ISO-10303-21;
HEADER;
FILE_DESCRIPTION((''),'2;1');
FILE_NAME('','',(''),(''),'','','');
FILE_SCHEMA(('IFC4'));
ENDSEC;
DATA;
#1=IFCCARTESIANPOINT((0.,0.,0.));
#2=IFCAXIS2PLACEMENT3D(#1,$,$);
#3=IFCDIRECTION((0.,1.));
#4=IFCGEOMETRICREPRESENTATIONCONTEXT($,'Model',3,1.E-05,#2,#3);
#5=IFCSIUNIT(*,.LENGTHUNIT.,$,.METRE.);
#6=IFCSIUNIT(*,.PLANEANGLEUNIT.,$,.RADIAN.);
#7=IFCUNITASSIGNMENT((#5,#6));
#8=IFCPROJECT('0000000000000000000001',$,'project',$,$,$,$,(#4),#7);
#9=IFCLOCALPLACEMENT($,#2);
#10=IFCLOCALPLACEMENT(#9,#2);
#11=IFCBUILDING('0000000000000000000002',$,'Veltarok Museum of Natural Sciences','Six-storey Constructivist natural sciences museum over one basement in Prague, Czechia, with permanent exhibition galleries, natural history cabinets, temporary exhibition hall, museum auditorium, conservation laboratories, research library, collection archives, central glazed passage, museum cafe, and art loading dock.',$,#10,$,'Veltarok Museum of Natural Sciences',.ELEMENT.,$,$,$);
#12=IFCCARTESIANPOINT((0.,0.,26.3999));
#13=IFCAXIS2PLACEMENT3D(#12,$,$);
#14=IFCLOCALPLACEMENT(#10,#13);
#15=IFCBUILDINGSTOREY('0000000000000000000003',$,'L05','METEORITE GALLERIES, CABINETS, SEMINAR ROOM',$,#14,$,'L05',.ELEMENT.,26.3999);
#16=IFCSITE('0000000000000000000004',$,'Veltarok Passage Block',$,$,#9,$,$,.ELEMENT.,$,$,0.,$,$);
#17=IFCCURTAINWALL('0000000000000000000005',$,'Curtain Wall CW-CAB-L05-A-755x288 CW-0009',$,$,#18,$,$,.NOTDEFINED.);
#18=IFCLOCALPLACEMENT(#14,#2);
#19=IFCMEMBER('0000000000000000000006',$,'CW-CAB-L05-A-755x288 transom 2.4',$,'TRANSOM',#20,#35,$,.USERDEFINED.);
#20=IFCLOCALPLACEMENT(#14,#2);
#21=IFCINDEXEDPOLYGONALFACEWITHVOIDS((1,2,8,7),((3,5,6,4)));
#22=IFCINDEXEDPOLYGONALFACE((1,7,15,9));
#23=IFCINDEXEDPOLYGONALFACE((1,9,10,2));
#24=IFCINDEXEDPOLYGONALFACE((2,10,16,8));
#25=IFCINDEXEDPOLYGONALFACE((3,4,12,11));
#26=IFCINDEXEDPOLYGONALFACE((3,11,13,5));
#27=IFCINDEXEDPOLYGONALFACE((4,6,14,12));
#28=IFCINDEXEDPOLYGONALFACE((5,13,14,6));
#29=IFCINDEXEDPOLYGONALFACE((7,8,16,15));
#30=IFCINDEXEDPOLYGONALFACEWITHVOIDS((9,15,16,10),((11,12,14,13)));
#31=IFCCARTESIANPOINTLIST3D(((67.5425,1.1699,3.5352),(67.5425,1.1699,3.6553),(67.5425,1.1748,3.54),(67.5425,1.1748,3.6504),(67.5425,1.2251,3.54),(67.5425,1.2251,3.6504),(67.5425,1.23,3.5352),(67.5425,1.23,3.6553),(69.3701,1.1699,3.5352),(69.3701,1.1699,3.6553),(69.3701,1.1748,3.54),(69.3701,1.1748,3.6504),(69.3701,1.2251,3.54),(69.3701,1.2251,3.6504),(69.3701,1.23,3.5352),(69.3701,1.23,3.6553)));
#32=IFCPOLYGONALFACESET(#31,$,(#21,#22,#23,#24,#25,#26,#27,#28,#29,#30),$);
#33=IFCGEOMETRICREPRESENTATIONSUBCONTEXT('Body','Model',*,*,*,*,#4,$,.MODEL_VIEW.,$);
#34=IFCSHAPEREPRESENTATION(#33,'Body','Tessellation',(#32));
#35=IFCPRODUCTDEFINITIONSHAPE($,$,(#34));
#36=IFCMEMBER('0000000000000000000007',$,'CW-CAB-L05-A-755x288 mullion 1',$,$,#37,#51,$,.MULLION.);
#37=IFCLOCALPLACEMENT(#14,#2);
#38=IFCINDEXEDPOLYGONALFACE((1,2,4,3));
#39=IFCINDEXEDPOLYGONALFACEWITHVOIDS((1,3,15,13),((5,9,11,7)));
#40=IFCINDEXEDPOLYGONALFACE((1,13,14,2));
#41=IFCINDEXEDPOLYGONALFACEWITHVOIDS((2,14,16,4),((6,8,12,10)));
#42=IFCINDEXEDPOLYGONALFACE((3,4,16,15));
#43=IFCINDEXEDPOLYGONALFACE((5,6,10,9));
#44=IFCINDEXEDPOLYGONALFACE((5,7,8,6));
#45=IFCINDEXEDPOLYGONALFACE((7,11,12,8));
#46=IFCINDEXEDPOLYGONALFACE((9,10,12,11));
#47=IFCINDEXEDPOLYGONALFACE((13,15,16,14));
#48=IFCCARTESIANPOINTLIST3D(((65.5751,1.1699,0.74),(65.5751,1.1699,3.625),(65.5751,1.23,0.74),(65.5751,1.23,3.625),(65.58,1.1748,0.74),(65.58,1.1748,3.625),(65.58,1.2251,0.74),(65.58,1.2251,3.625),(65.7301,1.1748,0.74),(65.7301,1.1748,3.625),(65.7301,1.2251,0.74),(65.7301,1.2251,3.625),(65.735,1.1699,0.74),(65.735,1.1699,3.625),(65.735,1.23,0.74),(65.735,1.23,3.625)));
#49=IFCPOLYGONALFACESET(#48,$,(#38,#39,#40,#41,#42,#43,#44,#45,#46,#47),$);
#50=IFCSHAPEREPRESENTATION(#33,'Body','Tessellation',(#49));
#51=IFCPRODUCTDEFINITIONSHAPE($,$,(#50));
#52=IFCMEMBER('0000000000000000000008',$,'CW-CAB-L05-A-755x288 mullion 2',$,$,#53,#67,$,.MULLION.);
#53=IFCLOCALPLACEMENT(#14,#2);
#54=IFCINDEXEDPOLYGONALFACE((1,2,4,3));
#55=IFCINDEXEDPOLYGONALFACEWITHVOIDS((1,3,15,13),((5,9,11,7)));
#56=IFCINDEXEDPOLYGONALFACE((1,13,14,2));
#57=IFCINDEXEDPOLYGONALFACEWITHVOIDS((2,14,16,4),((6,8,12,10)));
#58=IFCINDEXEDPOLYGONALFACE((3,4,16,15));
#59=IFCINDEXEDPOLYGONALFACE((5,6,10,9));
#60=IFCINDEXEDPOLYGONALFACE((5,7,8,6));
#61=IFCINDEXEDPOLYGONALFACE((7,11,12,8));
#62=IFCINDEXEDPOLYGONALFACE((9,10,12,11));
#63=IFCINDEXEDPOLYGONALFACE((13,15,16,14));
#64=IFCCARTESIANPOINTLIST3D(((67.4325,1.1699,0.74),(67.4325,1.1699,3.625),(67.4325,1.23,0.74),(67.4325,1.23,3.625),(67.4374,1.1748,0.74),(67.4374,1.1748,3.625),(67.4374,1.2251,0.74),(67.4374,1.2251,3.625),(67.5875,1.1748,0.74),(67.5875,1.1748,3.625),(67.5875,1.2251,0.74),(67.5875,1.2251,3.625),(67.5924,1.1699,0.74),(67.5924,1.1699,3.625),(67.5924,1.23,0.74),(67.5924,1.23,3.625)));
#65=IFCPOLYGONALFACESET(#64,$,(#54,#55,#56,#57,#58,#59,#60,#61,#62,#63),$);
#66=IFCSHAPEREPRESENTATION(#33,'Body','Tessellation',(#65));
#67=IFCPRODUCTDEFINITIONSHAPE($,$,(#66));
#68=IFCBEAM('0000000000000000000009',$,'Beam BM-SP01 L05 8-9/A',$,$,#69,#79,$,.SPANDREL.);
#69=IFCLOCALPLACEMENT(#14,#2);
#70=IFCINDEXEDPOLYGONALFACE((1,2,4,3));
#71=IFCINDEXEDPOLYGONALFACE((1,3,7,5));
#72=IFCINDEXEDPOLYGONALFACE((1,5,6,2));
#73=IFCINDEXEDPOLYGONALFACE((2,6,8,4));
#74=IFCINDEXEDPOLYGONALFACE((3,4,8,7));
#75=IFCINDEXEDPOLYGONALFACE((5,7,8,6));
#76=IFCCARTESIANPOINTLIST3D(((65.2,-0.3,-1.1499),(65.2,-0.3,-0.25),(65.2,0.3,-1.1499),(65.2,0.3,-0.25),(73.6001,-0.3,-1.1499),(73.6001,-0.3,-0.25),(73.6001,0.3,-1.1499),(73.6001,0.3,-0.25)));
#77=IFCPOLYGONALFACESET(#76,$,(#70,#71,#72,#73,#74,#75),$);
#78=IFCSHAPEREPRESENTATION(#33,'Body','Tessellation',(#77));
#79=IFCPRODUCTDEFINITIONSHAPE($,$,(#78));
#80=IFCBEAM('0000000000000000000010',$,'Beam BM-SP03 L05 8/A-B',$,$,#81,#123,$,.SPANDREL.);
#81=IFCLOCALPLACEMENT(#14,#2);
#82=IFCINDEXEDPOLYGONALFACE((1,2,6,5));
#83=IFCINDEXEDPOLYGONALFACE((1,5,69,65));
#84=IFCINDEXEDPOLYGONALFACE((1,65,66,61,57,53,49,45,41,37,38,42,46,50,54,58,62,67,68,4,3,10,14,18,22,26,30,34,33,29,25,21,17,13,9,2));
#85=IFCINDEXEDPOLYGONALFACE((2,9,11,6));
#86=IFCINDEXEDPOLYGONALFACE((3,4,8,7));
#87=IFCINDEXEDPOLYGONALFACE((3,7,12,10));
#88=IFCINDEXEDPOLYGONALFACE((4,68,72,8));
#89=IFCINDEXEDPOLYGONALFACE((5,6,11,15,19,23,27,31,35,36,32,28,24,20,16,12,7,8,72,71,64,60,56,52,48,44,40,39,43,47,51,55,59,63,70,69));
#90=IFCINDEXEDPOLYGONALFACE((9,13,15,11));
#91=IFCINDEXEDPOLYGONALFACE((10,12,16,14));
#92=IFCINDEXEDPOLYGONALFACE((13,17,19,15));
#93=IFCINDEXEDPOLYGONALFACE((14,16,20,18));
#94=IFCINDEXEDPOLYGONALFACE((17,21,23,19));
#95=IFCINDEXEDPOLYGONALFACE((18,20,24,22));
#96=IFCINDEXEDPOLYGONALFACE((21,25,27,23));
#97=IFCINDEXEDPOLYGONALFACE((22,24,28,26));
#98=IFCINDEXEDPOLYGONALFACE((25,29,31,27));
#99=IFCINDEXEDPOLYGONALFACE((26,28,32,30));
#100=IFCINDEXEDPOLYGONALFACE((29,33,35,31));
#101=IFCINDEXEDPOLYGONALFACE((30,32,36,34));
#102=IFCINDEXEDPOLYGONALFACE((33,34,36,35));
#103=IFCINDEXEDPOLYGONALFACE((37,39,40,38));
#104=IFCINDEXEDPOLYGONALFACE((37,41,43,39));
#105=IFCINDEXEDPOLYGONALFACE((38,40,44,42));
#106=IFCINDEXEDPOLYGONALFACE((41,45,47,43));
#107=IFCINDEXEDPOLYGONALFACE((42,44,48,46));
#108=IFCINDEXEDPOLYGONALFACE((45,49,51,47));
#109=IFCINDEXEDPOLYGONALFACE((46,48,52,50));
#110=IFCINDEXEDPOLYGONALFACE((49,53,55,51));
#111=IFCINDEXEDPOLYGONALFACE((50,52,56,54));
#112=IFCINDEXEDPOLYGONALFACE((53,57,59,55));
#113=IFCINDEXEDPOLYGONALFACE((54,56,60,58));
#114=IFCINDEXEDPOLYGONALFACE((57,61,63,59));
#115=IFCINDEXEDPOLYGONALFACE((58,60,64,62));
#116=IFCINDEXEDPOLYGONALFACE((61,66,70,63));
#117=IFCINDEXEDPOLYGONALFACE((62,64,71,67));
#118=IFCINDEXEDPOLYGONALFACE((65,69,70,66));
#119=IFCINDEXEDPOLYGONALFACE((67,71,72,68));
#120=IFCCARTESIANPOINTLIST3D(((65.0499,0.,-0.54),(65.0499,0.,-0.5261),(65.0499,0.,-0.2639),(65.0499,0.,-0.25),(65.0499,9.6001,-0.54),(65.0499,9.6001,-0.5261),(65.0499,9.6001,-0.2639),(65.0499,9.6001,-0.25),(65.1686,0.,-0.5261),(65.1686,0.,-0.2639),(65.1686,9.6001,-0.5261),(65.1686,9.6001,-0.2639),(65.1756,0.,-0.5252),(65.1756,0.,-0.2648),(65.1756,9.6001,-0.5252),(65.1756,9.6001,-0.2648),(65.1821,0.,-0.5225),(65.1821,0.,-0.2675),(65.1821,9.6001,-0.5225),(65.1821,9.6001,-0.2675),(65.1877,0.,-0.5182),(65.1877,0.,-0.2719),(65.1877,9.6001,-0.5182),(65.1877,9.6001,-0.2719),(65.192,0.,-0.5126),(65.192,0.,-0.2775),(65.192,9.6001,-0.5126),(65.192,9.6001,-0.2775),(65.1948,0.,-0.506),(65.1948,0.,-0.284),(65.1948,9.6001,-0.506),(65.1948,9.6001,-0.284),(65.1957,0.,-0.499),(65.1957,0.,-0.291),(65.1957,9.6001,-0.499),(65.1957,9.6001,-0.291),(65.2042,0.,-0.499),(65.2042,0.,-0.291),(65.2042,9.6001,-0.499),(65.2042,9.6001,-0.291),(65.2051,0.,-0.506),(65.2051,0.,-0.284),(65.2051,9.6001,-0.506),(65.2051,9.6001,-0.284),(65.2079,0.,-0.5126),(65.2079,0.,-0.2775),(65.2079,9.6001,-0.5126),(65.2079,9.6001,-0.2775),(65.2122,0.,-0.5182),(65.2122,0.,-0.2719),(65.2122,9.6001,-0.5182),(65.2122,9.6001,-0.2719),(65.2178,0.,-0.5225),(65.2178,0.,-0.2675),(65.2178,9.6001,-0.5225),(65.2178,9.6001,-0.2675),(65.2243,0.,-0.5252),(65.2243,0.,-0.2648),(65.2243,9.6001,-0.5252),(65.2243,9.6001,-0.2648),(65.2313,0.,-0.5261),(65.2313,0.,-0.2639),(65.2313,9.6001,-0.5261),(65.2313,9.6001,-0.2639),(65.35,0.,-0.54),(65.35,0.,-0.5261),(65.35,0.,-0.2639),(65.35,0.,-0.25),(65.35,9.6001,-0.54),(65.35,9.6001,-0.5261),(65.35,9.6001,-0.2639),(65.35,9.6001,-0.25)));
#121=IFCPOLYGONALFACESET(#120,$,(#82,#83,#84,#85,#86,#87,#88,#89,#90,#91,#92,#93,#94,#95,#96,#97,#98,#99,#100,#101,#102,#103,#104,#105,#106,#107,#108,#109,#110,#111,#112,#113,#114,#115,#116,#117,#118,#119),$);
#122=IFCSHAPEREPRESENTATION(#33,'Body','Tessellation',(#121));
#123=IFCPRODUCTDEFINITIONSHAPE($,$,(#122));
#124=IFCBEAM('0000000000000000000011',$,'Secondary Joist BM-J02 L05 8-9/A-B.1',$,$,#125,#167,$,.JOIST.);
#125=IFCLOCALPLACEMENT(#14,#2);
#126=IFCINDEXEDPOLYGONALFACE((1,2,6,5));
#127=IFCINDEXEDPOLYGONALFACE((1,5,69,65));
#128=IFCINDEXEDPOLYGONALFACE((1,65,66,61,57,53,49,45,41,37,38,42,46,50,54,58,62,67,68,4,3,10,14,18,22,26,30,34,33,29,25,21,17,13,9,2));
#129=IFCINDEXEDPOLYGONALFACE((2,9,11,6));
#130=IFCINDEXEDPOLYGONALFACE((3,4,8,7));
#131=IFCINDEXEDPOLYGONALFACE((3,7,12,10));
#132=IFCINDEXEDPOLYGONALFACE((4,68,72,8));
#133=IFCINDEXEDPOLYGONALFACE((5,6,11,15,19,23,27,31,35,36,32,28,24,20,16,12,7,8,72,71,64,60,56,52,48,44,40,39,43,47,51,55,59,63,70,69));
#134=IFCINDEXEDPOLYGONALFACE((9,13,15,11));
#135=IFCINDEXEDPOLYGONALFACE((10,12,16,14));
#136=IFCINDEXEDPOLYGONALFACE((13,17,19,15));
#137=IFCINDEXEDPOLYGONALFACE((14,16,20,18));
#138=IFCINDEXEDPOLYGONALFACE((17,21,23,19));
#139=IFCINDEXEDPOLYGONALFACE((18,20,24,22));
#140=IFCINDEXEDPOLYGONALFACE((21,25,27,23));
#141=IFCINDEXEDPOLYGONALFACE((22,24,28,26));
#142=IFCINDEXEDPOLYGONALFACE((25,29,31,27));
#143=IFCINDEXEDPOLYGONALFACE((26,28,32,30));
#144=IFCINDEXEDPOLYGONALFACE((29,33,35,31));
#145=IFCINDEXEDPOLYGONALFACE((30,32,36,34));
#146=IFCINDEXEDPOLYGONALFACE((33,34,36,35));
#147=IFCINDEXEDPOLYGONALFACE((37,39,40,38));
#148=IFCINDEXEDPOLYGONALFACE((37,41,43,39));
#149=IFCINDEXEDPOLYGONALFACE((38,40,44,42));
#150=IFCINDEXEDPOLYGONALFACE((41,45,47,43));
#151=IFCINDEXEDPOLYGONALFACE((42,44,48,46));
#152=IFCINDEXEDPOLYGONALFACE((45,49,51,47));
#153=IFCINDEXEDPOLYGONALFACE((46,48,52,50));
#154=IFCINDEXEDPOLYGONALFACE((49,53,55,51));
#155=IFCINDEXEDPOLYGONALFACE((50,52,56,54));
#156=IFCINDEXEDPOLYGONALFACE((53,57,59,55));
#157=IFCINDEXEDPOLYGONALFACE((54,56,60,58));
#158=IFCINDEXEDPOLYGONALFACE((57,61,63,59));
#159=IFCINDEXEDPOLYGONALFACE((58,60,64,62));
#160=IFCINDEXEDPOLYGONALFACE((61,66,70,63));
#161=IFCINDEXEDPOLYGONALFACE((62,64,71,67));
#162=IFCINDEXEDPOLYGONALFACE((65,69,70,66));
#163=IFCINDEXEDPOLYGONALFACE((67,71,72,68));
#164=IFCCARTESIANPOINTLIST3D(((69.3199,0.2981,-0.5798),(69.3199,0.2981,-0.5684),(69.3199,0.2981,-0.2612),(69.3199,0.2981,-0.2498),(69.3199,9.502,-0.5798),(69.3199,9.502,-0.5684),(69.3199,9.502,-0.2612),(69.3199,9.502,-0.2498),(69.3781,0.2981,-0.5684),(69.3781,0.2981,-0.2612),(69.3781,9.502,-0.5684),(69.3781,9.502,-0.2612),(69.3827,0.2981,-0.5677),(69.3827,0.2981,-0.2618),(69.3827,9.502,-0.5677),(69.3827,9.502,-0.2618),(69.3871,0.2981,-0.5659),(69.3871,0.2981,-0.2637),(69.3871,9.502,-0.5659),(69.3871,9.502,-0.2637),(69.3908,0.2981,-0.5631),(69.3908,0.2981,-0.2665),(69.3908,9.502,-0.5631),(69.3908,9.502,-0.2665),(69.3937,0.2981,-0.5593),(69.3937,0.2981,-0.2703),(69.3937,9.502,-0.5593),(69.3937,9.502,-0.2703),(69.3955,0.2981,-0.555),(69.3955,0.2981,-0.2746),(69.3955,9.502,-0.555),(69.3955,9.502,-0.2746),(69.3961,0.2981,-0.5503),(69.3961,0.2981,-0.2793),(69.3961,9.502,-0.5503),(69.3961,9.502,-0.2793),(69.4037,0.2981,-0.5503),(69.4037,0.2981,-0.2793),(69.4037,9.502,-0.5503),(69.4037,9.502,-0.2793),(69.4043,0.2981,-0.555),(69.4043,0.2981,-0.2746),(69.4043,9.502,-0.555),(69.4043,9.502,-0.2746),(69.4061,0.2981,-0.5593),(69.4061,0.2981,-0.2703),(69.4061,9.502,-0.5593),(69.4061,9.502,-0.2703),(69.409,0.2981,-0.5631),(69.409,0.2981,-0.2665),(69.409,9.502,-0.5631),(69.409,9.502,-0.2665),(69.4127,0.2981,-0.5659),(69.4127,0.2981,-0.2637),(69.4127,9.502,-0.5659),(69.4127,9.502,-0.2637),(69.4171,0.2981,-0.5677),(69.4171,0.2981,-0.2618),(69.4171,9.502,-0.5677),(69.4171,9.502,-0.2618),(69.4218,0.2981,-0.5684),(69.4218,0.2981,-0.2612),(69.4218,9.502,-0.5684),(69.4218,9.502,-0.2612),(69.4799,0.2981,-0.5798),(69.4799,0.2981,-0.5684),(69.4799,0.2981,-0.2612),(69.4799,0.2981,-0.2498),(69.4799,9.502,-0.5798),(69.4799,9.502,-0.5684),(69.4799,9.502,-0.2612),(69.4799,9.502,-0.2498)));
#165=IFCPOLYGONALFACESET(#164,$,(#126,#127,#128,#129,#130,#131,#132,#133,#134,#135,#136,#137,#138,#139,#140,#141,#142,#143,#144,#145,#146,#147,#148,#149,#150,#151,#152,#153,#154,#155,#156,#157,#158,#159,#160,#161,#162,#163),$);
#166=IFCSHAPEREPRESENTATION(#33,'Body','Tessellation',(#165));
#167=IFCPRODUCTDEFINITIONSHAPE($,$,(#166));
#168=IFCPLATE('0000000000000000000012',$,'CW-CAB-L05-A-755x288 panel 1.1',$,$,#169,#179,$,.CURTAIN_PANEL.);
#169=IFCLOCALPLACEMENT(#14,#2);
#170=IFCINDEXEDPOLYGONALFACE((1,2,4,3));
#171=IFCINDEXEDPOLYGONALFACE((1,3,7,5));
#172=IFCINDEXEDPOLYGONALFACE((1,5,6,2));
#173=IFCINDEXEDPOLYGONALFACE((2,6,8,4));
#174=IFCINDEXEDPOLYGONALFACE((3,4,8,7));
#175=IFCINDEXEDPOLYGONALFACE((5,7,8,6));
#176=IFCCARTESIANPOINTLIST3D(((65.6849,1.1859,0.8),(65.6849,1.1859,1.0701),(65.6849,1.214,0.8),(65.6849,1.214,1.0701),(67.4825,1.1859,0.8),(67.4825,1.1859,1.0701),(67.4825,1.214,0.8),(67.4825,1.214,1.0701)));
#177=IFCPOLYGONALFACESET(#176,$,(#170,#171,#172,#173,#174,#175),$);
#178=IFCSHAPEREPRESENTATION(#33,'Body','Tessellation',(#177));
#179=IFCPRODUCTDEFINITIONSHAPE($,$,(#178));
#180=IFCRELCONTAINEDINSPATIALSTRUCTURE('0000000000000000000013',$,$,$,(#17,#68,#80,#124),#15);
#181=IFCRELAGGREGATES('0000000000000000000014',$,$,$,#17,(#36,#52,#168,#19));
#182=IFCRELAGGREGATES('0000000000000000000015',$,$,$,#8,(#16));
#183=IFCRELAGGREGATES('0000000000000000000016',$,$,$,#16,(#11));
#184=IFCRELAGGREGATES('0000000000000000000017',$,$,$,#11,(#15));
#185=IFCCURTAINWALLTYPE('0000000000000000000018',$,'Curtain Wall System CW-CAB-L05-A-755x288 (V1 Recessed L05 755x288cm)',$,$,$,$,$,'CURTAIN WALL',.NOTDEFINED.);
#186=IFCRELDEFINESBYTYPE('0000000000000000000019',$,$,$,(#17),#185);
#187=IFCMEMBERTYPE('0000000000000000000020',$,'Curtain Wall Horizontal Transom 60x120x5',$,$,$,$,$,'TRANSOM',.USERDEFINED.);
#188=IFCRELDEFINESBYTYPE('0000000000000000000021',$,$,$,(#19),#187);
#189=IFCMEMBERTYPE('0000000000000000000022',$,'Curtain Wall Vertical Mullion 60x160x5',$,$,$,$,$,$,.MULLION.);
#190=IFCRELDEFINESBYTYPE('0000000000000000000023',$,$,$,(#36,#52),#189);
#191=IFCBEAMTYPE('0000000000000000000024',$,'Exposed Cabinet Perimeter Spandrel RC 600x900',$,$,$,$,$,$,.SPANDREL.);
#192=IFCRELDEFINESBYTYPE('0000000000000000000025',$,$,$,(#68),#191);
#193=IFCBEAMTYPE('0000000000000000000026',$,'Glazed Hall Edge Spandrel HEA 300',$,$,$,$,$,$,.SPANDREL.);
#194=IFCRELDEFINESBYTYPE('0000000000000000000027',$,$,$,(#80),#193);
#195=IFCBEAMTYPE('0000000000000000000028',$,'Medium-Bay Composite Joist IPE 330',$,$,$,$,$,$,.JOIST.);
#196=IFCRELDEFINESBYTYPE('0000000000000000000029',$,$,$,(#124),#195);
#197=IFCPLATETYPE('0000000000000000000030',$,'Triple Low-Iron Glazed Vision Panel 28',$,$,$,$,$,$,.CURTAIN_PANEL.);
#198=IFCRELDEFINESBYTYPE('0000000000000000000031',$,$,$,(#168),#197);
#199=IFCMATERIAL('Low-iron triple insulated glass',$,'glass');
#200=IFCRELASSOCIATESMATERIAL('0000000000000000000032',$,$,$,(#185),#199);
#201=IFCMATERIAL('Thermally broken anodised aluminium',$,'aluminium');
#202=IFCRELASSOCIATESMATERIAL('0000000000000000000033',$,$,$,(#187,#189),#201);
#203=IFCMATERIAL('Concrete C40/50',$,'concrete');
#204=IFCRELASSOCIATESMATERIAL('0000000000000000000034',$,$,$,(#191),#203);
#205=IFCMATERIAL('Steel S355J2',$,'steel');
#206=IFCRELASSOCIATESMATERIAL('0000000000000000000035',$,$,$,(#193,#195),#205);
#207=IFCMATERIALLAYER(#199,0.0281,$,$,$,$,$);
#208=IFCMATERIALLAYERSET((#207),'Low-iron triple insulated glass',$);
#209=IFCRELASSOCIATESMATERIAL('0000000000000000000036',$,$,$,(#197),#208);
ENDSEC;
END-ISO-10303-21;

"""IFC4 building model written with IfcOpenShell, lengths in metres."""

from ifc_helpers import new_model, si_unit, direction, frame, origin, origin_2d, place, context, subcontext, project, spatial, rectangle, hollow_rectangle, i_section, extrude, material, layer, layer_set, material_profile, profile_set, type_object, element, aggregate, save


model = new_model("IFC4")

# Units and contexts
model_context = context("Model", 3, precision=1e-05, world=origin(), true_north=direction((0.0, 1.0)))
body_context = subcontext(model_context, "Body", "Model", "MODEL_VIEW")
ifc_project = project(units=[si_unit("LENGTHUNIT", "METRE"), si_unit("PLANEANGLEUNIT", "RADIAN")], contexts=[model_context])

# Site, building, storey
site_placement = place(None, origin())
site = spatial("IfcSite", under=ifc_project, at=site_placement, Name="Veltarok Passage Block", CompositionType="ELEMENT", RefElevation=0.0)
building_placement = place(site_placement, origin())
building = spatial("IfcBuilding", under=site, at=building_placement, Name="Veltarok Museum of Natural Sciences", Description="Six-storey Constructivist natural sciences museum over one basement in Prague, Czechia, with permanent exhibition galleries, natural history cabinets, temporary exhibition hall, museum auditorium, conservation laboratories, research library, collection archives, central glazed passage, museum cafe, and art loading dock.", LongName="Veltarok Museum of Natural Sciences", CompositionType="ELEMENT")
storey_placement = place(building_placement, frame((0.0, 0.0, 26.3999)))
storey = spatial("IfcBuildingStorey", under=building, at=storey_placement, Name="L05", Description="METEORITE GALLERIES, CABINETS, SEMINAR ROOM", LongName="L05", CompositionType="ELEMENT", Elevation=26.3999)

# Shared definitions
ifc_material_1 = material(Name="Concrete C40/50", Category="concrete")

# Shared definitions
ifc_material_2 = material(Name="Steel S355J2", Category="steel")

# Curtain wall, members
ifc_material_3 = material(Name="Low-iron triple insulated glass", Category="glass")
curtain_wall_type = type_object("IfcCurtainWallType", Name="Curtain Wall System CW-CAB-L05-A-755x288 (V1 Recessed L05 755x288cm)", ElementType="CURTAIN WALL", PredefinedType="NOTDEFINED", material=ifc_material_3)
curtain_wall_placement = place(storey_placement, origin())
curtain_wall = element("IfcCurtainWall", 1, at=curtain_wall_placement, inside=storey, type_object=curtain_wall_type, Name="Curtain Wall CW-CAB-L05-A-755x288 CW-0009", PredefinedType="NOTDEFINED")
ifc_material_4 = material(Name="Thermally broken anodised aluminium", Category="aluminium")
ifc_material_profile_1 = material_profile(ifc_material_4, hollow_rectangle(XDim=0.0601, YDim=0.1201, WallThickness=0.0049, at=origin_2d()), Name="CW TRANSOM 60x120x5")
ifc_profile_set_1 = profile_set([ifc_material_profile_1], Name="Thermally broken anodised aluminium")
member_type_1 = type_object("IfcMemberType", Name="Curtain Wall Horizontal Transom 60x120x5", ElementType="TRANSOM", PredefinedType="USERDEFINED", material=ifc_profile_set_1)
member_1_placement = place(storey_placement, frame((67.5425, 1.2, 3.5952), z_axis=(1.0, 0.0, 0.0), x_axis=(0.0, 1.0, 0.0)))
member_1 = element("IfcMember", 2, at=member_1_placement, type_object=member_type_1, Name="CW-CAB-L05-A-755x288 transom 2.4", ObjectType="TRANSOM", PredefinedType="USERDEFINED", context=body_context, shape_type="SweptSolid", body=[
    extrude(hollow_rectangle(XDim=0.0601, YDim=0.1201, WallThickness=0.0049, at=origin_2d()), origin(), (0.0, 0.0, 1.0), 1.8276),
])
ifc_material_profile_2 = material_profile(ifc_material_4, hollow_rectangle(XDim=0.0601, YDim=0.1599, WallThickness=0.0049, at=origin_2d()), Name="CW MULLION 60x160x5")
ifc_profile_set_2 = profile_set([ifc_material_profile_2], Name="Thermally broken anodised aluminium")
member_type_2 = type_object("IfcMemberType", Name="Curtain Wall Vertical Mullion 60x160x5", PredefinedType="MULLION", material=ifc_profile_set_2)
member_2_placement = place(storey_placement, frame((65.655, 1.2, 0.74), z_axis=(0.0, 0.0, 1.0), x_axis=(0.0, 1.0, 0.0)))
member_2 = element("IfcMember", 3, at=member_2_placement, type_object=member_type_2, Name="CW-CAB-L05-A-755x288 mullion 1", PredefinedType="MULLION", context=body_context, shape_type="SweptSolid", body=[
    extrude(hollow_rectangle(XDim=0.0601, YDim=0.1599, WallThickness=0.0049, at=origin_2d()), origin(), (0.0, 0.0, 1.0), 2.885),
])
member_3_placement = place(storey_placement, frame((67.5125, 1.2, 0.74), z_axis=(0.0, 0.0, 1.0), x_axis=(0.0, 1.0, 0.0)))
member_3 = element("IfcMember", 4, at=member_3_placement, type_object=member_type_2, Name="CW-CAB-L05-A-755x288 mullion 2", PredefinedType="MULLION", context=body_context, shape_type="SweptSolid", body=[
    extrude(hollow_rectangle(XDim=0.0601, YDim=0.1599, WallThickness=0.0049, at=origin_2d()), origin(), (0.0, 0.0, 1.0), 2.885),
])

# Beams
ifc_material_profile_3 = material_profile(ifc_material_1, rectangle(XDim=0.6001, YDim=0.8999, at=origin_2d()), Name="RC 600x900")
ifc_profile_set_3 = profile_set([ifc_material_profile_3], Name="Concrete C40/50")
beam_type_1 = type_object("IfcBeamType", Name="Exposed Cabinet Perimeter Spandrel RC 600x900", PredefinedType="SPANDREL", material=ifc_profile_set_3)
beam_1_placement = place(storey_placement, frame((65.2, 0.0, -0.7), z_axis=(1.0, 0.0, 0.0), x_axis=(0.0, 1.0, 0.0)))
element("IfcBeam", 5, at=beam_1_placement, inside=storey, type_object=beam_type_1, Name="Beam BM-SP01 L05 8-9/A", PredefinedType="SPANDREL", context=body_context, shape_type="SweptSolid", body=[
    extrude(rectangle(XDim=0.6001, YDim=0.8999, at=origin_2d()), origin(), (0.0, 0.0, 1.0), 8.4001),
])
ifc_material_profile_4 = material_profile(ifc_material_2, i_section(OverallWidth=0.3, OverallDepth=0.29, WebThickness=0.0085, FlangeThickness=0.0139, FilletRadius=0.0271, at=origin_2d()), Name="HEA 300")
ifc_profile_set_4 = profile_set([ifc_material_profile_4], Name="Steel S355J2")
beam_type_2 = type_object("IfcBeamType", Name="Glazed Hall Edge Spandrel HEA 300", PredefinedType="SPANDREL", material=ifc_profile_set_4)
beam_2_placement = place(storey_placement, frame((65.2, 0.0, -0.395), z_axis=(0.0, 1.0, 0.0), x_axis=(-1.0, 0.0, 0.0)))
element("IfcBeam", 6, at=beam_2_placement, inside=storey, type_object=beam_type_2, Name="Beam BM-SP03 L05 8/A-B", PredefinedType="SPANDREL", context=body_context, shape_type="SweptSolid", body=[
    extrude(i_section(OverallWidth=0.3, OverallDepth=0.29, WebThickness=0.0085, FlangeThickness=0.0139, FilletRadius=0.0271, at=origin_2d()), origin(), (0.0, 0.0, 1.0), 9.6001),
])
ifc_material_profile_5 = material_profile(ifc_material_2, i_section(OverallWidth=0.1599, OverallDepth=0.3301, WebThickness=0.0076, FlangeThickness=0.0115, FilletRadius=0.0181, at=origin_2d()), Name="IPE 330")
ifc_profile_set_5 = profile_set([ifc_material_profile_5], Name="Steel S355J2")
beam_type_3 = type_object("IfcBeamType", Name="Medium-Bay Composite Joist IPE 330", PredefinedType="JOIST", material=ifc_profile_set_5)
beam_3_placement = place(storey_placement, frame((69.3999, 0.2981, -0.4148), z_axis=(0.0, 1.0, 0.0), x_axis=(-1.0, 0.0, 0.0)))
element("IfcBeam", 7, at=beam_3_placement, inside=storey, type_object=beam_type_3, Name="Secondary Joist BM-J02 L05 8-9/A-B.1", PredefinedType="JOIST", context=body_context, shape_type="SweptSolid", body=[
    extrude(i_section(OverallWidth=0.1599, OverallDepth=0.3301, WebThickness=0.0076, FlangeThickness=0.0115, FilletRadius=0.0181, at=origin_2d()), origin(), (0.0, 0.0, 1.0), 9.2039),
])

# Plate
ifc_layer_1 = layer(ifc_material_3, 0.0281)
ifc_layer_set_1 = layer_set([ifc_layer_1], Name="Low-iron triple insulated glass")
plate_type = type_object("IfcPlateType", Name="Triple Low-Iron Glazed Vision Panel 28", PredefinedType="CURTAIN_PANEL", material=ifc_layer_set_1)
plate_1_placement = place(storey_placement, frame((66.5837, 1.2, 0.8), z_axis=(0.0, 0.0, 1.0), x_axis=(1.0, 0.0, 0.0)))
plate_1 = element("IfcPlate", 8, at=plate_1_placement, type_object=plate_type, Name="CW-CAB-L05-A-755x288 panel 1.1", PredefinedType="CURTAIN_PANEL", context=body_context, shape_type="SweptSolid", body=[
    extrude(rectangle(XDim=1.7976, YDim=0.0281, at=origin_2d()), origin(), (0.0, 0.0, 1.0), 0.27),
])
aggregate(curtain_wall, [member_2, member_3, plate_1, member_1])

save(model, "model.ifc")
